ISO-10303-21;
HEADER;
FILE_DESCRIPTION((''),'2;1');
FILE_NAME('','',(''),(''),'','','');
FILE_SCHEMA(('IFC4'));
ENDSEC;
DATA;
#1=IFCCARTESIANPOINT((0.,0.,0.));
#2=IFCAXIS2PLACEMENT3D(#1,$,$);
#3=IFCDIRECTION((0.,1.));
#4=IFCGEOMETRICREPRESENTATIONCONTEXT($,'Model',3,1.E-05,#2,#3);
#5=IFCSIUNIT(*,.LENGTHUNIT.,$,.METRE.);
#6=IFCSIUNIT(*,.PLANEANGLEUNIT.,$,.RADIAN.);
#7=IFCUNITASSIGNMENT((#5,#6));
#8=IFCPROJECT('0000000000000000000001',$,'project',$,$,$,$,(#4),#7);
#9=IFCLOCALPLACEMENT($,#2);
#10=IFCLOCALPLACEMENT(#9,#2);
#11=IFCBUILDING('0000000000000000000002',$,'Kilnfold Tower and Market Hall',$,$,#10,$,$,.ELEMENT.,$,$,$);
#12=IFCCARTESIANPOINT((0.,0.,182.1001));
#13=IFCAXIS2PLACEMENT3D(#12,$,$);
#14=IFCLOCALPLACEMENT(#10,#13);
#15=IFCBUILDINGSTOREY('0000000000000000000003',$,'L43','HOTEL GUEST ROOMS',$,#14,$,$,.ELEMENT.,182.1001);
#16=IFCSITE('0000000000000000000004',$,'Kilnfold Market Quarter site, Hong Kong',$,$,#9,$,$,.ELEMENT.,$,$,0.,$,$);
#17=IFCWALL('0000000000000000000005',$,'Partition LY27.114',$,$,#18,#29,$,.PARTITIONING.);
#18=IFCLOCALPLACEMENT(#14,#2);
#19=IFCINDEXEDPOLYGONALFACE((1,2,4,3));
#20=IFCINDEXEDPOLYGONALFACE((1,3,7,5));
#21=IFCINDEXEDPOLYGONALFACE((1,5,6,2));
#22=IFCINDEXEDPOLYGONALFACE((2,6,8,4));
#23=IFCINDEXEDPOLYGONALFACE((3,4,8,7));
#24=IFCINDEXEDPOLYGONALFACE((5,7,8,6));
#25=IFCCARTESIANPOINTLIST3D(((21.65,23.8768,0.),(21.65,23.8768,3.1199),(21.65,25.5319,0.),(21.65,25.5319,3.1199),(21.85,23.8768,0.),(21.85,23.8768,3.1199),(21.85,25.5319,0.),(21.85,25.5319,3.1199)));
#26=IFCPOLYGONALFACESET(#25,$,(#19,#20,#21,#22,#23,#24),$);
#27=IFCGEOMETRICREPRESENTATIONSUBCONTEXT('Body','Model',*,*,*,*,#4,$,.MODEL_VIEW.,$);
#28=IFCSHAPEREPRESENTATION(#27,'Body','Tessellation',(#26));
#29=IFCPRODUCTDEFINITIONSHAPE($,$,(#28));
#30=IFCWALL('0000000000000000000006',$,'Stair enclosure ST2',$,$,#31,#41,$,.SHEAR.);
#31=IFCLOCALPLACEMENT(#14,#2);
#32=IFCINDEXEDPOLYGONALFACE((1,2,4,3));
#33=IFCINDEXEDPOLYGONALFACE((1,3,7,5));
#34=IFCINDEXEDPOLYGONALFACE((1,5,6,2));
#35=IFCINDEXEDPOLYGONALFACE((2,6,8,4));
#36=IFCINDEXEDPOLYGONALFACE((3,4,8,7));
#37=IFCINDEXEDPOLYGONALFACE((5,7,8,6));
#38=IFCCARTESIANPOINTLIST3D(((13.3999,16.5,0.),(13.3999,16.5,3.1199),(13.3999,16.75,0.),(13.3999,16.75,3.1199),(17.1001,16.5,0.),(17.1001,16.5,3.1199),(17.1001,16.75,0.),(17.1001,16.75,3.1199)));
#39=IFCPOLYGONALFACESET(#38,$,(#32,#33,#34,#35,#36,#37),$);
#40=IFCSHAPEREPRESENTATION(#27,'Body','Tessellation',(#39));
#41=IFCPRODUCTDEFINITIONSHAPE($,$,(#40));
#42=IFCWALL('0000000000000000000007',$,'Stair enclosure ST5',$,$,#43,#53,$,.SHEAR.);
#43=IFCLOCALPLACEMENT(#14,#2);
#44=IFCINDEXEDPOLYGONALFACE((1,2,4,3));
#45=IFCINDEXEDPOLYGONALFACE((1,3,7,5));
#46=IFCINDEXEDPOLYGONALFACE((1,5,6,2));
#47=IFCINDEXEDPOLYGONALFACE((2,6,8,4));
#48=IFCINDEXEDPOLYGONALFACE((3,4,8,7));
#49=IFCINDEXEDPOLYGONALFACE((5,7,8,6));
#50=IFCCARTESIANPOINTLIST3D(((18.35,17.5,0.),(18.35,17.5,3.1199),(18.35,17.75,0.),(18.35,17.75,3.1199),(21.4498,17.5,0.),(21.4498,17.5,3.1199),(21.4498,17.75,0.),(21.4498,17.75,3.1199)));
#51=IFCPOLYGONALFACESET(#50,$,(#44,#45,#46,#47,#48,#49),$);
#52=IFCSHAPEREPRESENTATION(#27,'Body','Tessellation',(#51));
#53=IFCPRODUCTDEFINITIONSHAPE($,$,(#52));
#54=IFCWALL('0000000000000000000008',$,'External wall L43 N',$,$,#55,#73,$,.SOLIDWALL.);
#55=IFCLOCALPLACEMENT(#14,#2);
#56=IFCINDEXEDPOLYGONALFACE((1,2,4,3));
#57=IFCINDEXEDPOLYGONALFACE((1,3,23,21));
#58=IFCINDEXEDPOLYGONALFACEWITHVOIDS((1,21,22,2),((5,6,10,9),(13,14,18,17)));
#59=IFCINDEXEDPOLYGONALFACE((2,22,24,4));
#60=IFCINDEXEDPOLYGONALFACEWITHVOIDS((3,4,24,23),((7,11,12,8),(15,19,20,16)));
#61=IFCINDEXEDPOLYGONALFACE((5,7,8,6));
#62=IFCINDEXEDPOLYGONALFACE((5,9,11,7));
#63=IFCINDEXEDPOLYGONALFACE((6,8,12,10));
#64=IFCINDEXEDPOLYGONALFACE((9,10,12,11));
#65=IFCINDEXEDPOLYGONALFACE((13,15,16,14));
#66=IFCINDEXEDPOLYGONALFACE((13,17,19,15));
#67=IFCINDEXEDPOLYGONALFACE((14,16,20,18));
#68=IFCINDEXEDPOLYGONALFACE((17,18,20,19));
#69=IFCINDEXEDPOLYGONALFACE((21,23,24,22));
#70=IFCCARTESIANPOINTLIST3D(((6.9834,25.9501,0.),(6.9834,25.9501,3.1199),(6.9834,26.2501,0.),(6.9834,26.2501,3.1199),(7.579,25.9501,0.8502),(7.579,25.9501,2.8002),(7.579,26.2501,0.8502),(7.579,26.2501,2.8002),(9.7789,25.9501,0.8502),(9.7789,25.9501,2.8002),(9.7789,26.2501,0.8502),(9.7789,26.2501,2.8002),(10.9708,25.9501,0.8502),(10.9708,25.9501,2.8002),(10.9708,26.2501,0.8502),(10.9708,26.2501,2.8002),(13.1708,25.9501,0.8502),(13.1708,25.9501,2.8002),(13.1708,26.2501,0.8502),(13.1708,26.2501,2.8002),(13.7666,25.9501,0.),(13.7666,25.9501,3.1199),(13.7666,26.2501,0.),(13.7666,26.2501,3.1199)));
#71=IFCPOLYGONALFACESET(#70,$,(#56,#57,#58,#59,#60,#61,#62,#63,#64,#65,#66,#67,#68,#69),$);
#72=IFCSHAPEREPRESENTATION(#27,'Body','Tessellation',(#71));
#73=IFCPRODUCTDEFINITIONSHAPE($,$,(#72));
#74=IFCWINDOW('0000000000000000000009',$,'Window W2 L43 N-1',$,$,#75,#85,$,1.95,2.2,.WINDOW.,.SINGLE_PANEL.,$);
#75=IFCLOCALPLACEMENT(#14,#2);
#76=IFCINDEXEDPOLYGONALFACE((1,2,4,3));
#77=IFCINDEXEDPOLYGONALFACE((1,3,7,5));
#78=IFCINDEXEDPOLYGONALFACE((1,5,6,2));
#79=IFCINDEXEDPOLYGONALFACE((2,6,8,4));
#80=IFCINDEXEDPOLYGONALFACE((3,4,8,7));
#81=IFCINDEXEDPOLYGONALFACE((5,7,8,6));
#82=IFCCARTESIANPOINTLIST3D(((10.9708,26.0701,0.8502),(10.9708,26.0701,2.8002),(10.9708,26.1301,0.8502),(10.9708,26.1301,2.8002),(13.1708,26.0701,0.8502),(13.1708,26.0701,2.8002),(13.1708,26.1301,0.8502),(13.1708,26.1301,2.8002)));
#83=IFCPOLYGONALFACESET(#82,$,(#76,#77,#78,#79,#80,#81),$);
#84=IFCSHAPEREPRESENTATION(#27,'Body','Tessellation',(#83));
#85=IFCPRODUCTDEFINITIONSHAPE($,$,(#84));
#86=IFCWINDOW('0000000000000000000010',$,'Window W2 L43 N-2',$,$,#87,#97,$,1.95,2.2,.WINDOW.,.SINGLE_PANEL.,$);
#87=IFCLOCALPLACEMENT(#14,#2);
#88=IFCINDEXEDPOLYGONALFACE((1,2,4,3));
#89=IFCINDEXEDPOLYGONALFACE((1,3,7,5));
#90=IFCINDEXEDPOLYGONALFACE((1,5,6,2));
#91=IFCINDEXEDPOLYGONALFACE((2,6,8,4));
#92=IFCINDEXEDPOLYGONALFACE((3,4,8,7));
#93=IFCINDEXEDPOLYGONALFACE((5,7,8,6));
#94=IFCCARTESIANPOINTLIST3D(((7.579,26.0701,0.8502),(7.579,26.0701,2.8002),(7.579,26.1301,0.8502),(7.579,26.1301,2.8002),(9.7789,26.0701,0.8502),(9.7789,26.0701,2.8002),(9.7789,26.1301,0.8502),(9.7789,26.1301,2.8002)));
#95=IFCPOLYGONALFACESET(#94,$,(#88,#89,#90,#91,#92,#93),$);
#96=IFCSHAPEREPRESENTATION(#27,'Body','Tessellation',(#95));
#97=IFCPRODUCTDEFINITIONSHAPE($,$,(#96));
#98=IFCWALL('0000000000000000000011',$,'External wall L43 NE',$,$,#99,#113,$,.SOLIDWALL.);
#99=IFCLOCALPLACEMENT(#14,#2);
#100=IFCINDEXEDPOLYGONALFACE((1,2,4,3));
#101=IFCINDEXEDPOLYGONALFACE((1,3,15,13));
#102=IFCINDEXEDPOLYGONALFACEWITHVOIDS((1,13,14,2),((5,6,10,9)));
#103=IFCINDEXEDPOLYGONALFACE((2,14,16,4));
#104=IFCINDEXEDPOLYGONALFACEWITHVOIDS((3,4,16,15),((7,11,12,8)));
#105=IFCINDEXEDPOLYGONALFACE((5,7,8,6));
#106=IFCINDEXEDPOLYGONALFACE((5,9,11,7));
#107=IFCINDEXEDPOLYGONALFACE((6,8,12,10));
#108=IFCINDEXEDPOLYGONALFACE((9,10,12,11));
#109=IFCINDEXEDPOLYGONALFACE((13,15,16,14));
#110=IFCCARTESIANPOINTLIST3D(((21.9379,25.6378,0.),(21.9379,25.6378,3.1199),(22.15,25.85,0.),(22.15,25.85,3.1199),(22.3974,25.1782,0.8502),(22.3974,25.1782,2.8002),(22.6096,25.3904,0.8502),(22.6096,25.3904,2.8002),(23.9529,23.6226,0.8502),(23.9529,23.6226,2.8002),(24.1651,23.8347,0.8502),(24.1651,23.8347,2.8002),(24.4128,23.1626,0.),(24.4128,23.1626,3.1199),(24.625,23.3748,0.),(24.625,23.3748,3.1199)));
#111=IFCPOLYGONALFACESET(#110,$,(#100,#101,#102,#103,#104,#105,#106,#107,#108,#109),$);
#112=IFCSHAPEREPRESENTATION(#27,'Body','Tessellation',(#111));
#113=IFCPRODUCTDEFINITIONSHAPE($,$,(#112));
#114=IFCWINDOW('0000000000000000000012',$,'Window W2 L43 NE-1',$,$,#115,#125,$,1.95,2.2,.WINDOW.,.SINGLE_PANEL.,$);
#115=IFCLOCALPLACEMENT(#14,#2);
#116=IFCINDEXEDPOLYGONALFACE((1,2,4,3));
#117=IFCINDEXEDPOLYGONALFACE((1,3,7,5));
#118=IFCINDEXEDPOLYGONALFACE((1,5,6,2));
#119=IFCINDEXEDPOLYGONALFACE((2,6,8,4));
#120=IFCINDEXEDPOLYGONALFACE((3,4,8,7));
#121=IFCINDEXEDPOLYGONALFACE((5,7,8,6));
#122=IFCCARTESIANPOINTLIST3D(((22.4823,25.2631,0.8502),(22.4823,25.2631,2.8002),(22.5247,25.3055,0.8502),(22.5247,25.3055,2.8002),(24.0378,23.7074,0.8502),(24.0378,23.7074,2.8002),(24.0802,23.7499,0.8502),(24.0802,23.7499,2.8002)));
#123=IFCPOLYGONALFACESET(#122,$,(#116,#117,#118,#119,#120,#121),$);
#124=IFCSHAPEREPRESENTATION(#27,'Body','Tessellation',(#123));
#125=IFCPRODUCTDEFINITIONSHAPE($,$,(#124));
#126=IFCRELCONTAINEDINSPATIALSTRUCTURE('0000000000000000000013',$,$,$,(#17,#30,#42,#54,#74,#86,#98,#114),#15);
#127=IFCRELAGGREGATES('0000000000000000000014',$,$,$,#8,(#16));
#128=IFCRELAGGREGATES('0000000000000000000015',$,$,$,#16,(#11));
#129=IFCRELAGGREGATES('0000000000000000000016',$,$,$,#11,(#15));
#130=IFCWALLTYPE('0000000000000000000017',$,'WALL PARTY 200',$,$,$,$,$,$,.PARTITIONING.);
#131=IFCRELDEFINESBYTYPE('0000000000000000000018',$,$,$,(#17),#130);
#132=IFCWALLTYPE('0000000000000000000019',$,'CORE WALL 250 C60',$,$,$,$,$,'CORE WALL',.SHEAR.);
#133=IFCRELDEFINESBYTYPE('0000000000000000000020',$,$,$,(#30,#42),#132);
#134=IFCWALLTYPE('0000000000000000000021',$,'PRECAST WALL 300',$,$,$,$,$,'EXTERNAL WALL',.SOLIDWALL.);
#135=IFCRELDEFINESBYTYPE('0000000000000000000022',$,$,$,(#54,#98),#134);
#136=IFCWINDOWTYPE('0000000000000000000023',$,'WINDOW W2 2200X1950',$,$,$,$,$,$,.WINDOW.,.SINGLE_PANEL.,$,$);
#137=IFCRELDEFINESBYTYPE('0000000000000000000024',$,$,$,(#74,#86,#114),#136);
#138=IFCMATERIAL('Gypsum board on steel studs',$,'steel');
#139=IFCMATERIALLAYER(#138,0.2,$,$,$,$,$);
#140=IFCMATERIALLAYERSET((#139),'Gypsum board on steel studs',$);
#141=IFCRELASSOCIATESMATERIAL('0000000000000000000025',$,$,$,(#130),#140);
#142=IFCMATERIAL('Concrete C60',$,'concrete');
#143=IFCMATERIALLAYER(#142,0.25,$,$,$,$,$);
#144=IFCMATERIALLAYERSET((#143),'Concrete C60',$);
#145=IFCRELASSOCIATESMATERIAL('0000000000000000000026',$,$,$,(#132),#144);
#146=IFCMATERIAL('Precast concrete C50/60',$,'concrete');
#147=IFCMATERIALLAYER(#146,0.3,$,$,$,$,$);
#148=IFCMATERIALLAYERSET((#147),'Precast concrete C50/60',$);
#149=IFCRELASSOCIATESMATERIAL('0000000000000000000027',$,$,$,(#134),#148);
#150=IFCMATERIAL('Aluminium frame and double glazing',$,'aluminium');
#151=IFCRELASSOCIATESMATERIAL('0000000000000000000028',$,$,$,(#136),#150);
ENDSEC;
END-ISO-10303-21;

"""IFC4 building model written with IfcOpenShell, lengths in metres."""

from ifc_helpers import new_model, si_unit, direction, frame, frame_2d, origin, place, context, subcontext, project, spatial, rectangle, extrude, source, transform, mapped, material, layer, layer_set, type_object, element, fill, save


model = new_model("IFC4")

# Units and contexts
model_context = context("Model", 3, precision=1e-05, world=origin(), true_north=direction((0.0, 1.0)))
body_context = subcontext(model_context, "Body", "Model", "MODEL_VIEW")
ifc_project = project(units=[si_unit("LENGTHUNIT", "METRE"), si_unit("PLANEANGLEUNIT", "RADIAN")], contexts=[model_context])

# Site, building, storey
site_placement = place(None, origin())
site = spatial("IfcSite", under=ifc_project, at=site_placement, Name="Kilnfold Market Quarter site, Hong Kong", CompositionType="ELEMENT", RefElevation=0.0)
building_placement = place(site_placement, origin())
building = spatial("IfcBuilding", under=site, at=building_placement, Name="Kilnfold Tower and Market Hall", CompositionType="ELEMENT")
storey_placement = place(building_placement, frame((0.0, 0.0, 182.1001)))
storey = spatial("IfcBuildingStorey", under=building, at=storey_placement, Name="L43", Description="HOTEL GUEST ROOMS", CompositionType="ELEMENT", Elevation=182.1001)

# Shared definitions
ifc_material_1 = material(Name="Gypsum board on steel studs", Category="steel")
ifc_layer_1 = layer(ifc_material_1, 0.2)
ifc_layer_set_1 = layer_set([ifc_layer_1], Name="Gypsum board on steel studs")
wall_type_1 = type_object("IfcWallType", Name="WALL PARTY 200", PredefinedType="PARTITIONING", material=ifc_layer_set_1)

# Walls
wall_1_placement = place(storey_placement, frame((21.75, 25.532, 0.0), z_axis=(0.0, 0.0, 1.0), x_axis=(0.0, -1.0, 0.0)))
element("IfcWall", 1, at=wall_1_placement, inside=storey, type_object=wall_type_1, Name="Partition LY27.114", PredefinedType="PARTITIONING", context=body_context, shape_type="SweptSolid", body=[
    extrude(rectangle(XDim=1.655, YDim=0.2, at=frame_2d((0.8276, 0.0))), origin(), (0.0, 0.0, 1.0), 3.1199),
])
ifc_material_2 = material(Name="Concrete C60", Category="concrete")
ifc_layer_2 = layer(ifc_material_2, 0.25)
ifc_layer_set_2 = layer_set([ifc_layer_2], Name="Concrete C60")
wall_type_2 = type_object("IfcWallType", Name="CORE WALL 250 C60", ElementType="CORE WALL", PredefinedType="SHEAR", material=ifc_layer_set_2)
shared_shape_1 = source(origin(), body_context, "Body", "SweptSolid", [
    extrude(rectangle(XDim=3.7002, YDim=0.25, at=frame_2d((1.8501, 0.0))), origin(), (0.0, 0.0, 1.0), 3.1199),
])
wall_2_placement = place(storey_placement, frame((13.3999, 16.625, 0.0), z_axis=(0.0, 0.0, 1.0), x_axis=(1.0, 0.0, 0.0)))
element("IfcWall", 2, at=wall_2_placement, inside=storey, type_object=wall_type_2, Name="Stair enclosure ST2", PredefinedType="SHEAR", context=body_context, shape_type="MappedRepresentation", body=[
    mapped(shared_shape_1, transform((0.0, 0.0, 0.0))),
])
shared_shape_2 = source(origin(), body_context, "Body", "SweptSolid", [
    extrude(rectangle(XDim=3.0999, YDim=0.25, at=frame_2d((1.5498, 0.0))), origin(), (0.0, 0.0, 1.0), 3.1199),
])
wall_3_placement = place(storey_placement, frame((18.3501, 17.625, 0.0), z_axis=(0.0, 0.0, 1.0), x_axis=(1.0, 0.0, 0.0)))
element("IfcWall", 3, at=wall_3_placement, inside=storey, type_object=wall_type_2, Name="Stair enclosure ST5", PredefinedType="SHEAR", context=body_context, shape_type="MappedRepresentation", body=[
    mapped(shared_shape_2, transform((0.0, 0.0, 0.0))),
])

# Wall, openings, windows
ifc_material_3 = material(Name="Precast concrete C50/60", Category="concrete")
ifc_layer_3 = layer(ifc_material_3, 0.3)
ifc_layer_set_3 = layer_set([ifc_layer_3], Name="Precast concrete C50/60")
wall_type_3 = type_object("IfcWallType", Name="PRECAST WALL 300", ElementType="EXTERNAL WALL", PredefinedType="SOLIDWALL", material=ifc_layer_set_3)
shared_shape_3 = source(origin(), body_context, "Body", "SweptSolid", [
    extrude(rectangle(XDim=6.7832, YDim=0.3, at=frame_2d((3.3916, 0.0))), origin(), (0.0, 0.0, 1.0), 3.1199),
])
wall_4_placement = place(storey_placement, frame((13.7666, 26.1001, 0.0), z_axis=(0.0, 0.0, 1.0), x_axis=(-1.0, 0.0, 0.0)))
wall_4 = element("IfcWall", 4, at=wall_4_placement, inside=storey, type_object=wall_type_3, Name="External wall L43 N", PredefinedType="SOLIDWALL", context=body_context, shape_type="MappedRepresentation", body=[
    mapped(shared_shape_3, transform((0.0, 0.0, 0.0))),
])
opening_1_placement = place(wall_4_placement, frame((0.5957, 0.0, 0.8501)))
opening_1 = element("IfcOpeningElement", 5, at=opening_1_placement, cuts=wall_4, PredefinedType="OPENING", context=body_context, shape_type="SweptSolid", body=[
    extrude(rectangle(XDim=2.2, YDim=1.95, at=frame_2d((1.1001, 0.9751))), frame((0.0, 0.1602, 0.0), z_axis=(0.0, -1.0, 0.0), x_axis=(1.0, 0.0, 0.0)), (0.0, 0.0, 1.0), 0.3201),
])
opening_2_placement = place(wall_4_placement, frame((3.9875, 0.0, 0.8501)))
opening_2 = element("IfcOpeningElement", 6, at=opening_2_placement, cuts=wall_4, PredefinedType="OPENING", context=body_context, shape_type="SweptSolid", body=[
    extrude(rectangle(XDim=2.2, YDim=1.95, at=frame_2d((1.1001, 0.9751))), frame((0.0, 0.1602, 0.0), z_axis=(0.0, -1.0, 0.0), x_axis=(1.0, 0.0, 0.0)), (0.0, 0.0, 1.0), 0.3201),
])
ifc_material_4 = material(Name="Aluminium frame and double glazing", Category="aluminium")
window_type = type_object("IfcWindowType", Name="WINDOW W2 2200X1950", PartitioningType="SINGLE_PANEL", PredefinedType="WINDOW", material=ifc_material_4)
window_1_placement = place(opening_1_placement, origin())
window_1 = element("IfcWindow", 7, at=window_1_placement, inside=storey, type_object=window_type, Name="Window W2 L43 N-1", OverallHeight=1.95, OverallWidth=2.2, PartitioningType="SINGLE_PANEL", PredefinedType="WINDOW", context=body_context, shape_type="SweptSolid", body=[
    extrude(rectangle(XDim=2.2, YDim=1.95, at=frame_2d((1.1001, 0.9751))), frame((0.0, 0.03, 0.0), z_axis=(0.0, -1.0, 0.0), x_axis=(1.0, 0.0, 0.0)), (0.0, 0.0, 1.0), 0.0601),
])
fill(opening_1, window_1)
window_2_placement = place(opening_2_placement, origin())
window_2 = element("IfcWindow", 8, at=window_2_placement, inside=storey, type_object=window_type, Name="Window W2 L43 N-2", OverallHeight=1.95, OverallWidth=2.2, PartitioningType="SINGLE_PANEL", PredefinedType="WINDOW", context=body_context, shape_type="SweptSolid", body=[
    extrude(rectangle(XDim=2.2, YDim=1.95, at=frame_2d((1.1001, 0.9751))), frame((0.0, 0.03, 0.0), z_axis=(0.0, -1.0, 0.0), x_axis=(1.0, 0.0, 0.0)), (0.0, 0.0, 1.0), 0.0601),
])
fill(opening_2, window_2)

# Wall, opening, window
shared_shape_4 = source(origin(), body_context, "Body", "SweptSolid", [
    extrude(rectangle(XDim=3.5002, YDim=0.3, at=frame_2d((1.75, 0.0))), origin(), (0.0, 0.0, 1.0), 3.1199),
])
wall_5_placement = place(storey_placement, frame((24.5188, 23.2688, 0.0), z_axis=(0.0, 0.0, 1.0), x_axis=(-0.707072, 0.707142, 0.0)))
wall_5 = element("IfcWall", 9, at=wall_5_placement, inside=storey, type_object=wall_type_3, Name="External wall L43 NE", PredefinedType="SOLIDWALL", context=body_context, shape_type="MappedRepresentation", body=[
    mapped(shared_shape_4, transform((0.0, 0.0, 0.0))),
])
opening_3_placement = place(wall_5_placement, frame((0.6501, 0.0, 0.8501)))
opening_3 = element("IfcOpeningElement", 10, at=opening_3_placement, cuts=wall_5, PredefinedType="OPENING", context=body_context, shape_type="SweptSolid", body=[
    extrude(rectangle(XDim=2.2, YDim=1.95, at=frame_2d((1.1001, 0.9751))), frame((0.0, 0.1602, 0.0), z_axis=(0.0, -1.0, 0.0), x_axis=(1.0, 0.0, 0.0)), (0.0, 0.0, 1.0), 0.3201),
])
window_3_placement = place(opening_3_placement, origin())
window_3 = element("IfcWindow", 11, at=window_3_placement, inside=storey, type_object=window_type, Name="Window W2 L43 NE-1", OverallHeight=1.95, OverallWidth=2.2, PartitioningType="SINGLE_PANEL", PredefinedType="WINDOW", context=body_context, shape_type="SweptSolid", body=[
    extrude(rectangle(XDim=2.2, YDim=1.95, at=frame_2d((1.1001, 0.9751))), frame((0.0, 0.03, 0.0), z_axis=(0.0, -1.0, 0.0), x_axis=(1.0, 0.0, 0.0)), (0.0, 0.0, 1.0), 0.0601),
])
fill(opening_3, window_3)

save(model, "model.ifc")
